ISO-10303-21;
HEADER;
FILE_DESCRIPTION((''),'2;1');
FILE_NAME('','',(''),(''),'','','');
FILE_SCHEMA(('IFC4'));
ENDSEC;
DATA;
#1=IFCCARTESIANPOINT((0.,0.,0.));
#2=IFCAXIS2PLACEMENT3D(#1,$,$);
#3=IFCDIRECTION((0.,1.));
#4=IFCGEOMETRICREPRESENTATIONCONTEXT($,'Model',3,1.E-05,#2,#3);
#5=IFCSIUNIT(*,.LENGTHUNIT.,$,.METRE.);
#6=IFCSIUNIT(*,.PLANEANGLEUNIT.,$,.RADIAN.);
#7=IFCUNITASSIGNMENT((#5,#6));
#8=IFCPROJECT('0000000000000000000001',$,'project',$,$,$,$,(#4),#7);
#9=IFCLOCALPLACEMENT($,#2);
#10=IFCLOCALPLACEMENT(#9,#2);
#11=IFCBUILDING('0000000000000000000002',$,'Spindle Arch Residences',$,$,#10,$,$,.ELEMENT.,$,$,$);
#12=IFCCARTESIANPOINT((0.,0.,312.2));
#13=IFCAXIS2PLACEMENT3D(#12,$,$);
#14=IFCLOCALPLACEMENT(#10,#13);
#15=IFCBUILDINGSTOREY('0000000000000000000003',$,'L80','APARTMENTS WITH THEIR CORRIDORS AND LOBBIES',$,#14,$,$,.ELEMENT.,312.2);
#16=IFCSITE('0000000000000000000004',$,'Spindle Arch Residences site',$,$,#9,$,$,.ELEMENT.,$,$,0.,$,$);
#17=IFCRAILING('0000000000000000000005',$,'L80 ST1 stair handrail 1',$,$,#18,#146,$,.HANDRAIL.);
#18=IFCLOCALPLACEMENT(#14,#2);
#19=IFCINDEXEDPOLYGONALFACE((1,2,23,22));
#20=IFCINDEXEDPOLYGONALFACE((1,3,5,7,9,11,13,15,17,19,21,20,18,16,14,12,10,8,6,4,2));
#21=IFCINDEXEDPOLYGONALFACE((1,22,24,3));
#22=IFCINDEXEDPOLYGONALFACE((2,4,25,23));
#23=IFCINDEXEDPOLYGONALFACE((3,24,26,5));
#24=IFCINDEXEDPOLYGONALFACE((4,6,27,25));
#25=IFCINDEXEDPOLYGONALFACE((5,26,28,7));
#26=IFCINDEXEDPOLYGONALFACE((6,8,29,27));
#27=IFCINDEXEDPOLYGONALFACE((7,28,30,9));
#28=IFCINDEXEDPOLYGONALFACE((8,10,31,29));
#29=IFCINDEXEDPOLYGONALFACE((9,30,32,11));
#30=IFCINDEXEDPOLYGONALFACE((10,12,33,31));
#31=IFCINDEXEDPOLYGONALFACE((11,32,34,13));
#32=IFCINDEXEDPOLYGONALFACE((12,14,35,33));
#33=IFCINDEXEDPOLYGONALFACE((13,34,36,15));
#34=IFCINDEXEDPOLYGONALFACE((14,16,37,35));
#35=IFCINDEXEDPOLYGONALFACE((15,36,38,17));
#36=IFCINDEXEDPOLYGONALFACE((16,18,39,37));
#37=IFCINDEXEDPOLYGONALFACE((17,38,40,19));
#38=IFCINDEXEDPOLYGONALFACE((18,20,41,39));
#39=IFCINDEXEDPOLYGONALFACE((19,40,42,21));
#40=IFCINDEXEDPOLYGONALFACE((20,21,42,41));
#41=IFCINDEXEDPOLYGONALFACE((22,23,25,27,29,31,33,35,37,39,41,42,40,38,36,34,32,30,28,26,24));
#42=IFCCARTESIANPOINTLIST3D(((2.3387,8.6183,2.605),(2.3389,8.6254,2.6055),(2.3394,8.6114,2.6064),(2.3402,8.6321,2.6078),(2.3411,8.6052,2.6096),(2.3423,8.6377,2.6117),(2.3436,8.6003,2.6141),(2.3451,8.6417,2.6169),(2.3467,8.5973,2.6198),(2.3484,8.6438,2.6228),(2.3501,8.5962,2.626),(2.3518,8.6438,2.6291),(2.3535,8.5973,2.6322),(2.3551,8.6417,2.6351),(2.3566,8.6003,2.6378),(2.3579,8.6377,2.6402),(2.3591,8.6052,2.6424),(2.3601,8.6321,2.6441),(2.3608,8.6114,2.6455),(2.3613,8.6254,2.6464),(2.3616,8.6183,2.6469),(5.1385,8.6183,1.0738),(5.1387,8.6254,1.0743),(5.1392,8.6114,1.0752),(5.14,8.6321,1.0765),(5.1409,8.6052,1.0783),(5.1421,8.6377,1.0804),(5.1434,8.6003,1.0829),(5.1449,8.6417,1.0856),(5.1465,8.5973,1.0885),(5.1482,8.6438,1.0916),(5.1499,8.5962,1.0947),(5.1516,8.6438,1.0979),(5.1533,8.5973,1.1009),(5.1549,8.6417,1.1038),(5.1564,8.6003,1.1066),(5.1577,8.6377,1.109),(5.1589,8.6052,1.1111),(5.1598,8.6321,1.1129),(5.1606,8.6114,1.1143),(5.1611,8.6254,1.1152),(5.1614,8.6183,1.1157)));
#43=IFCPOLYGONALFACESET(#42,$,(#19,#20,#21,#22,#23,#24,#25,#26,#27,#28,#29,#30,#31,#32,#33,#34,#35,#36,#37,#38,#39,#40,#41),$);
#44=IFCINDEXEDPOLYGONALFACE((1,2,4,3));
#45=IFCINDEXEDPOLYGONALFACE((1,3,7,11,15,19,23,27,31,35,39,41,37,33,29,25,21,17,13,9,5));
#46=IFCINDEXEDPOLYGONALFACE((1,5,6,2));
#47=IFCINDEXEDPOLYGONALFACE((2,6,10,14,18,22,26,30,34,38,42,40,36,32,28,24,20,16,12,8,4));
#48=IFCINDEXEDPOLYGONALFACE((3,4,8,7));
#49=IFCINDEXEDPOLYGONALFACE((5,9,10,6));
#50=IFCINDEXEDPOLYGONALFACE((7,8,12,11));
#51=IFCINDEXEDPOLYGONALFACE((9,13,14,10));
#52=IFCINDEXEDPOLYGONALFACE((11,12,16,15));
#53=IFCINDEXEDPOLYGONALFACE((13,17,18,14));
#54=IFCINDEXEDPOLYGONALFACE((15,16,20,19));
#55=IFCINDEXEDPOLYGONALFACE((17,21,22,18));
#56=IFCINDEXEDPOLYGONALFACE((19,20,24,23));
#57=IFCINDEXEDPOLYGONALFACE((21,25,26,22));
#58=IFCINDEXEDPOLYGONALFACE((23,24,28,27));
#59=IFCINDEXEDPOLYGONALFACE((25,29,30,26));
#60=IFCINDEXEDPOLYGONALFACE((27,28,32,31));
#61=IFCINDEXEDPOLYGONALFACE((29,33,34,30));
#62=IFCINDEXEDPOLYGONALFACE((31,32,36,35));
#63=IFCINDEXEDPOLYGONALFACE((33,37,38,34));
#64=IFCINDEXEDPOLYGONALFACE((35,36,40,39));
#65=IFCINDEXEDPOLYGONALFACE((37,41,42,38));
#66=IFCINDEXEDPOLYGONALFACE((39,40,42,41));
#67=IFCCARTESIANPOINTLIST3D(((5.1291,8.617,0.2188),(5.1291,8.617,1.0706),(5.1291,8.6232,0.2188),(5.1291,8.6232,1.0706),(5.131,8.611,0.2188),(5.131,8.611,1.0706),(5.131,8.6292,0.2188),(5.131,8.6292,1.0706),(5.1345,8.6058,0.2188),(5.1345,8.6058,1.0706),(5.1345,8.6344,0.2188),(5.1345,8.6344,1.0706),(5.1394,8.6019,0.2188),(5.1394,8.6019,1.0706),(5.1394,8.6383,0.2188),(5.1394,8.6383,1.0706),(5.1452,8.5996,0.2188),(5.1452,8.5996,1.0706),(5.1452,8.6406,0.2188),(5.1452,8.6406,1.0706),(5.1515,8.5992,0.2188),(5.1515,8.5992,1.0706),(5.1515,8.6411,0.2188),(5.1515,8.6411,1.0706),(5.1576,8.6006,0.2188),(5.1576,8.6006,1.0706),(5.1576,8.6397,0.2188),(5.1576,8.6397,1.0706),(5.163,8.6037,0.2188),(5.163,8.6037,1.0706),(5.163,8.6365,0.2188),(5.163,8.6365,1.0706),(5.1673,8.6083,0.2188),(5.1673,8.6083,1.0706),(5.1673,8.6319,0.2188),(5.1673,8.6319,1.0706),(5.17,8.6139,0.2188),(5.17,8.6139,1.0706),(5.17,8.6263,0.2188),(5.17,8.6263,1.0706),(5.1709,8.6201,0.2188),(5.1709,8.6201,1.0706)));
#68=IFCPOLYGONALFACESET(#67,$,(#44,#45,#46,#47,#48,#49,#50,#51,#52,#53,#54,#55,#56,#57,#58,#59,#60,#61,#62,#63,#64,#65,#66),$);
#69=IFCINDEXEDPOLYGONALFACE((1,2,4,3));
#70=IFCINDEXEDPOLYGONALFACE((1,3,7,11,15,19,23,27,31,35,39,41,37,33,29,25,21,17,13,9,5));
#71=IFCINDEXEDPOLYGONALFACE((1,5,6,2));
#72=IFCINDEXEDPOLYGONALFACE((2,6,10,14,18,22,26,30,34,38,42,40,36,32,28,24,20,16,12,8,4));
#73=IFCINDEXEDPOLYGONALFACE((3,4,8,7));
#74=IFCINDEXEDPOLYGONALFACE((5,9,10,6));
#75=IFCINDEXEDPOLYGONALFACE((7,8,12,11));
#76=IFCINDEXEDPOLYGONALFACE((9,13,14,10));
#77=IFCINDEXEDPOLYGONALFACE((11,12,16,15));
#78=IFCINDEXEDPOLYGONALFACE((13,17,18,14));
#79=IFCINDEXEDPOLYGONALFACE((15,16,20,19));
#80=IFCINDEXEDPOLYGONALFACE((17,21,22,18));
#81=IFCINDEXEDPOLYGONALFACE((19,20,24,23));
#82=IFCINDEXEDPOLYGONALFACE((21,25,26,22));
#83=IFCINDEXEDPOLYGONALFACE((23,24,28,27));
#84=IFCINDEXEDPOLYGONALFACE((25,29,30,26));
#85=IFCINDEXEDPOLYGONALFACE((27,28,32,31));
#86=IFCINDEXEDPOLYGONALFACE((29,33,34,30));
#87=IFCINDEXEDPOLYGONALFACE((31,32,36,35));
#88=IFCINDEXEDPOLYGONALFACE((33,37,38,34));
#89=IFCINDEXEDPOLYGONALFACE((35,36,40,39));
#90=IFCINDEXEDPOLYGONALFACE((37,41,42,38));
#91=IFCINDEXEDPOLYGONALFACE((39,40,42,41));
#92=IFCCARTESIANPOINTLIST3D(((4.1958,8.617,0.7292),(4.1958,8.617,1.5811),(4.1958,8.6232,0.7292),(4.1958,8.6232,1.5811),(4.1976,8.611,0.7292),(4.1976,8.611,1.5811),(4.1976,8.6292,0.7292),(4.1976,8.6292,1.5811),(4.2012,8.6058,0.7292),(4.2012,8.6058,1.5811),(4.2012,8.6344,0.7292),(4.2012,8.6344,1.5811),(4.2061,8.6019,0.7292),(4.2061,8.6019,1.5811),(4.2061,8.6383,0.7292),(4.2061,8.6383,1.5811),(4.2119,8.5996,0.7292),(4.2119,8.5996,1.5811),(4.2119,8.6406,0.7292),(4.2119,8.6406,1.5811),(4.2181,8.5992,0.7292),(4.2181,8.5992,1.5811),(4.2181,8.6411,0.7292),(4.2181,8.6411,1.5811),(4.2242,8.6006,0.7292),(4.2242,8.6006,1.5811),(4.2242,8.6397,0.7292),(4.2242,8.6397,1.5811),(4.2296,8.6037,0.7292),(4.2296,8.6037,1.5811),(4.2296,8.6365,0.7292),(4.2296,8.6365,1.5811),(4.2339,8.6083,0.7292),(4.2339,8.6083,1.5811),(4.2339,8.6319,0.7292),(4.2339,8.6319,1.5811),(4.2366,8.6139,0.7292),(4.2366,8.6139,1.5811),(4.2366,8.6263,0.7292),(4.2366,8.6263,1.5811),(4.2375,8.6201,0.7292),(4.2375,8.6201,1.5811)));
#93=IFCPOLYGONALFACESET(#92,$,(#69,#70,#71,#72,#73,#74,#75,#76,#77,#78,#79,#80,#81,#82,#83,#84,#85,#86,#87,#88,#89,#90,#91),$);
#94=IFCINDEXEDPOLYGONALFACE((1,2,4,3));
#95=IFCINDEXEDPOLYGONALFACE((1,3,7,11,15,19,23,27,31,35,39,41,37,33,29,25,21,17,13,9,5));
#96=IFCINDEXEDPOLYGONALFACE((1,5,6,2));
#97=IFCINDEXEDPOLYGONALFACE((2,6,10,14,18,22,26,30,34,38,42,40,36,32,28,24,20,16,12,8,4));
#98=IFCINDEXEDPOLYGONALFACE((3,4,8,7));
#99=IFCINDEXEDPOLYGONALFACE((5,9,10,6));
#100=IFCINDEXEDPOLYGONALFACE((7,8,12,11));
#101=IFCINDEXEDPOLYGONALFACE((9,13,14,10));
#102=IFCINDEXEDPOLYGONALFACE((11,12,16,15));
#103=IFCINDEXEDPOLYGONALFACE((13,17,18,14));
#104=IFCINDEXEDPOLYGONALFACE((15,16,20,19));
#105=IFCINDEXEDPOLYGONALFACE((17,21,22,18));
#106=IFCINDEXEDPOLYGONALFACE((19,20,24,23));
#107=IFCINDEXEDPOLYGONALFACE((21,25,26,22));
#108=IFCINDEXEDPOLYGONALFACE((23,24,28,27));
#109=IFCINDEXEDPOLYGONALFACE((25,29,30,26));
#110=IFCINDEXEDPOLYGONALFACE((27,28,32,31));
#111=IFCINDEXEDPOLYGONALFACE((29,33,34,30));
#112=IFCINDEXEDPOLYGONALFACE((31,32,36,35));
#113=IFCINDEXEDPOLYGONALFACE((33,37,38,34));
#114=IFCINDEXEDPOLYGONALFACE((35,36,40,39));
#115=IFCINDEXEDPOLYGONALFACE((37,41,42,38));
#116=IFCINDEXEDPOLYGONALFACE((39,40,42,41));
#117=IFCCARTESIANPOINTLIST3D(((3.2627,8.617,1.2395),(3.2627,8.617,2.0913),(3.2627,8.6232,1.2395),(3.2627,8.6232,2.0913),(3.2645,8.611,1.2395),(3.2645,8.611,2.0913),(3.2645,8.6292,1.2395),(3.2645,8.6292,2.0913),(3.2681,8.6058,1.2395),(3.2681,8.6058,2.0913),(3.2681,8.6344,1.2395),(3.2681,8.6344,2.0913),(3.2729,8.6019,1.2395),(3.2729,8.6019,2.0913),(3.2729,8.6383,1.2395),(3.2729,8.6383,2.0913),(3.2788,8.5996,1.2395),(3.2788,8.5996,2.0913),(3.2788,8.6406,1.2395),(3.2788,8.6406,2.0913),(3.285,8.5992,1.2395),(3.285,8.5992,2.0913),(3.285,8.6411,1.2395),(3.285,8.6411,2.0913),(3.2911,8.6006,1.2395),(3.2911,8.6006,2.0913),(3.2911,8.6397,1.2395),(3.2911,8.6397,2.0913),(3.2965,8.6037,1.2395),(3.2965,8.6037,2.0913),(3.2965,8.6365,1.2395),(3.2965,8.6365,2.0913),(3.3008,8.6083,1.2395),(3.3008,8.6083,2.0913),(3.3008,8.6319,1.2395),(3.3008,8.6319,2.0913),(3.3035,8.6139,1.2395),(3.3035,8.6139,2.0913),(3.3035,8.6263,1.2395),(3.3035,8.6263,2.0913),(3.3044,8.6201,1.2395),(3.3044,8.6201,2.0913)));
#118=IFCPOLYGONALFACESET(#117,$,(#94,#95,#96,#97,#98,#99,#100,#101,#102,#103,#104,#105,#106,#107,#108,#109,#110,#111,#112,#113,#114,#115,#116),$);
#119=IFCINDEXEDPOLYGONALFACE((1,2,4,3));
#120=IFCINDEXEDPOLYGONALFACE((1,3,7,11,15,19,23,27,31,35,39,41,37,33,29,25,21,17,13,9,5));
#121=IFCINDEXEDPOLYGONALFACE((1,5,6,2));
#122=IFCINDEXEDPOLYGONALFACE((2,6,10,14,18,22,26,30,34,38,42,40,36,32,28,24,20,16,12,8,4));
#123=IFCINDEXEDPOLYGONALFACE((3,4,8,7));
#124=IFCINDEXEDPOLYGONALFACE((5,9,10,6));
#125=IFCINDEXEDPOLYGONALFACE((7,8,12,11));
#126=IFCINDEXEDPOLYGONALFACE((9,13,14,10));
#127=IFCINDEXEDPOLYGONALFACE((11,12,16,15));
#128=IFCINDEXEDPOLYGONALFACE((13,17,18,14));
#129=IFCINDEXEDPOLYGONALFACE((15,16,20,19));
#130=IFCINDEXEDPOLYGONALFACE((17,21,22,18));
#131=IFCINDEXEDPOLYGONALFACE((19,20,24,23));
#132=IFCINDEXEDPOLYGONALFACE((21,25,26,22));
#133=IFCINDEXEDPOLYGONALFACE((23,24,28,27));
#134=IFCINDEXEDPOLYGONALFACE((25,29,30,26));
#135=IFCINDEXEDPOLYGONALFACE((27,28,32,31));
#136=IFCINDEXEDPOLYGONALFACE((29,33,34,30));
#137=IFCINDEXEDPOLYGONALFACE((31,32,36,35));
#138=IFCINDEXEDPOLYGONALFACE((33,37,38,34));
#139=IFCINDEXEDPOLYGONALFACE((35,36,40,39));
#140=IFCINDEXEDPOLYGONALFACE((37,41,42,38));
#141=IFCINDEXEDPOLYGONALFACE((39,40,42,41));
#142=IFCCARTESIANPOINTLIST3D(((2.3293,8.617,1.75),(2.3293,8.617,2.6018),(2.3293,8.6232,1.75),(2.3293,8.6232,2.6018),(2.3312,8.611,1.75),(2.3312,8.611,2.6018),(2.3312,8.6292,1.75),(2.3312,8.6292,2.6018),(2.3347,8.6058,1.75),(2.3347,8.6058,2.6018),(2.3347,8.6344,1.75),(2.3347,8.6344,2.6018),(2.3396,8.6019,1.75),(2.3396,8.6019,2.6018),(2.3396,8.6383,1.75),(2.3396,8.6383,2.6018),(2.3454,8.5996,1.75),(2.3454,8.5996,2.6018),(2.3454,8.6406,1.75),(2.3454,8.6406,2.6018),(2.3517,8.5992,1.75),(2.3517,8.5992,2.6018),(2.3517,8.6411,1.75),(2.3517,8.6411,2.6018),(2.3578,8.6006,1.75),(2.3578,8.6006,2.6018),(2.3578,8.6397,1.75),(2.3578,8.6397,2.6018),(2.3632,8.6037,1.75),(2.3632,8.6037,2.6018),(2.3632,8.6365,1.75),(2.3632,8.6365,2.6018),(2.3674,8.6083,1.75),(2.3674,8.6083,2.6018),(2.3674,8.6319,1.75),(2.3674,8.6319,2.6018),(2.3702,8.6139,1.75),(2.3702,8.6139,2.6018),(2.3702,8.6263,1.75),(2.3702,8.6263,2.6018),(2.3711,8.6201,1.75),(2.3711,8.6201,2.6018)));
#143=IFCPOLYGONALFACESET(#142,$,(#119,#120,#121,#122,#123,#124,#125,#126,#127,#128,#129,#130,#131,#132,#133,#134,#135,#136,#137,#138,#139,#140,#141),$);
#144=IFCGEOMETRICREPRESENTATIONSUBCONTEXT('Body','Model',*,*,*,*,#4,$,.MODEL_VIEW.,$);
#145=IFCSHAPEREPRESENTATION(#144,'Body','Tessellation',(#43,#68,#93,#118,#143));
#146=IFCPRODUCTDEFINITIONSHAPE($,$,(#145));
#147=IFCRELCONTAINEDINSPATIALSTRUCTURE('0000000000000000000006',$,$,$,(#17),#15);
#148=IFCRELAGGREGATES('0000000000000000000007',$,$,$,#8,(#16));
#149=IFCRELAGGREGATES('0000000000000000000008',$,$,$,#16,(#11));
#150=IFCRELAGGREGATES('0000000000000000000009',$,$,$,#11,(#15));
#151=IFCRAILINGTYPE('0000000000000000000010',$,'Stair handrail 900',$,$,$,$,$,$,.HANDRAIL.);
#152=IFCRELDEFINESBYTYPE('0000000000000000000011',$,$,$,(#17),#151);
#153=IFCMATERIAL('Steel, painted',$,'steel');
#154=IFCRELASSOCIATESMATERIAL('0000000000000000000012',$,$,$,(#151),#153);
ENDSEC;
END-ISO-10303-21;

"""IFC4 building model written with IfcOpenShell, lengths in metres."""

from ifc_helpers import new_model, si_unit, direction, frame, origin, origin_2d, place, context, subcontext, project, spatial, circle, extrude, material, type_object, element, save


model = new_model("IFC4")

# Units and contexts
model_context = context("Model", 3, precision=1e-05, world=origin(), true_north=direction((0.0, 1.0)))
body_context = subcontext(model_context, "Body", "Model", "MODEL_VIEW")
ifc_project = project(units=[si_unit("LENGTHUNIT", "METRE"), si_unit("PLANEANGLEUNIT", "RADIAN")], contexts=[model_context])

# Site, building, storey
site_placement = place(None, origin())
site = spatial("IfcSite", under=ifc_project, at=site_placement, Name="Spindle Arch Residences site", CompositionType="ELEMENT", RefElevation=0.0)
building_placement = place(site_placement, origin())
building = spatial("IfcBuilding", under=site, at=building_placement, Name="Spindle Arch Residences", CompositionType="ELEMENT")
storey_placement = place(building_placement, frame((0.0, 0.0, 312.2)))
storey = spatial("IfcBuildingStorey", under=building, at=storey_placement, Name="L80", Description="APARTMENTS WITH THEIR CORRIDORS AND LOBBIES", CompositionType="ELEMENT", Elevation=312.2)

# Railing
ifc_material_1 = material(Name="Steel, painted", Category="steel")
railing_type_1 = type_object("IfcRailingType", Name="Stair handrail 900", PredefinedType="HANDRAIL", material=ifc_material_1)
railing_1_placement = place(storey_placement, frame((5.1499, 8.6201, 0.2188)))
element("IfcRailing", 1, at=railing_1_placement, inside=storey, type_object=railing_type_1, Name="L80 ST1 stair handrail 1", PredefinedType="HANDRAIL", context=body_context, shape_type="SweptSolid", body=[
    extrude(circle(Radius=0.0239, at=origin_2d()), frame((0.0, 0.0, 0.876), z_axis=(-0.877357, 0.0, 0.479838), x_axis=(0.0, -1.0, 0.0)), (0.0, 0.0, 1.0), 3.1912),
    extrude(circle(Radius=0.021, at=origin_2d()), origin(), (0.0, 0.0, 1.0), 0.8518),
    extrude(circle(Radius=0.021, at=origin_2d()), frame((-0.9333, 0.0, 0.5105)), (0.0, 0.0, 1.0), 0.8518),
    extrude(circle(Radius=0.021, at=origin_2d()), frame((-1.8665, 0.0, 1.0208)), (0.0, 0.0, 1.0), 0.8518),
    extrude(circle(Radius=0.021, at=origin_2d()), frame((-2.7998, 0.0, 1.5312)), (0.0, 0.0, 1.0), 0.8518),
])

save(model, "model.ifc")
